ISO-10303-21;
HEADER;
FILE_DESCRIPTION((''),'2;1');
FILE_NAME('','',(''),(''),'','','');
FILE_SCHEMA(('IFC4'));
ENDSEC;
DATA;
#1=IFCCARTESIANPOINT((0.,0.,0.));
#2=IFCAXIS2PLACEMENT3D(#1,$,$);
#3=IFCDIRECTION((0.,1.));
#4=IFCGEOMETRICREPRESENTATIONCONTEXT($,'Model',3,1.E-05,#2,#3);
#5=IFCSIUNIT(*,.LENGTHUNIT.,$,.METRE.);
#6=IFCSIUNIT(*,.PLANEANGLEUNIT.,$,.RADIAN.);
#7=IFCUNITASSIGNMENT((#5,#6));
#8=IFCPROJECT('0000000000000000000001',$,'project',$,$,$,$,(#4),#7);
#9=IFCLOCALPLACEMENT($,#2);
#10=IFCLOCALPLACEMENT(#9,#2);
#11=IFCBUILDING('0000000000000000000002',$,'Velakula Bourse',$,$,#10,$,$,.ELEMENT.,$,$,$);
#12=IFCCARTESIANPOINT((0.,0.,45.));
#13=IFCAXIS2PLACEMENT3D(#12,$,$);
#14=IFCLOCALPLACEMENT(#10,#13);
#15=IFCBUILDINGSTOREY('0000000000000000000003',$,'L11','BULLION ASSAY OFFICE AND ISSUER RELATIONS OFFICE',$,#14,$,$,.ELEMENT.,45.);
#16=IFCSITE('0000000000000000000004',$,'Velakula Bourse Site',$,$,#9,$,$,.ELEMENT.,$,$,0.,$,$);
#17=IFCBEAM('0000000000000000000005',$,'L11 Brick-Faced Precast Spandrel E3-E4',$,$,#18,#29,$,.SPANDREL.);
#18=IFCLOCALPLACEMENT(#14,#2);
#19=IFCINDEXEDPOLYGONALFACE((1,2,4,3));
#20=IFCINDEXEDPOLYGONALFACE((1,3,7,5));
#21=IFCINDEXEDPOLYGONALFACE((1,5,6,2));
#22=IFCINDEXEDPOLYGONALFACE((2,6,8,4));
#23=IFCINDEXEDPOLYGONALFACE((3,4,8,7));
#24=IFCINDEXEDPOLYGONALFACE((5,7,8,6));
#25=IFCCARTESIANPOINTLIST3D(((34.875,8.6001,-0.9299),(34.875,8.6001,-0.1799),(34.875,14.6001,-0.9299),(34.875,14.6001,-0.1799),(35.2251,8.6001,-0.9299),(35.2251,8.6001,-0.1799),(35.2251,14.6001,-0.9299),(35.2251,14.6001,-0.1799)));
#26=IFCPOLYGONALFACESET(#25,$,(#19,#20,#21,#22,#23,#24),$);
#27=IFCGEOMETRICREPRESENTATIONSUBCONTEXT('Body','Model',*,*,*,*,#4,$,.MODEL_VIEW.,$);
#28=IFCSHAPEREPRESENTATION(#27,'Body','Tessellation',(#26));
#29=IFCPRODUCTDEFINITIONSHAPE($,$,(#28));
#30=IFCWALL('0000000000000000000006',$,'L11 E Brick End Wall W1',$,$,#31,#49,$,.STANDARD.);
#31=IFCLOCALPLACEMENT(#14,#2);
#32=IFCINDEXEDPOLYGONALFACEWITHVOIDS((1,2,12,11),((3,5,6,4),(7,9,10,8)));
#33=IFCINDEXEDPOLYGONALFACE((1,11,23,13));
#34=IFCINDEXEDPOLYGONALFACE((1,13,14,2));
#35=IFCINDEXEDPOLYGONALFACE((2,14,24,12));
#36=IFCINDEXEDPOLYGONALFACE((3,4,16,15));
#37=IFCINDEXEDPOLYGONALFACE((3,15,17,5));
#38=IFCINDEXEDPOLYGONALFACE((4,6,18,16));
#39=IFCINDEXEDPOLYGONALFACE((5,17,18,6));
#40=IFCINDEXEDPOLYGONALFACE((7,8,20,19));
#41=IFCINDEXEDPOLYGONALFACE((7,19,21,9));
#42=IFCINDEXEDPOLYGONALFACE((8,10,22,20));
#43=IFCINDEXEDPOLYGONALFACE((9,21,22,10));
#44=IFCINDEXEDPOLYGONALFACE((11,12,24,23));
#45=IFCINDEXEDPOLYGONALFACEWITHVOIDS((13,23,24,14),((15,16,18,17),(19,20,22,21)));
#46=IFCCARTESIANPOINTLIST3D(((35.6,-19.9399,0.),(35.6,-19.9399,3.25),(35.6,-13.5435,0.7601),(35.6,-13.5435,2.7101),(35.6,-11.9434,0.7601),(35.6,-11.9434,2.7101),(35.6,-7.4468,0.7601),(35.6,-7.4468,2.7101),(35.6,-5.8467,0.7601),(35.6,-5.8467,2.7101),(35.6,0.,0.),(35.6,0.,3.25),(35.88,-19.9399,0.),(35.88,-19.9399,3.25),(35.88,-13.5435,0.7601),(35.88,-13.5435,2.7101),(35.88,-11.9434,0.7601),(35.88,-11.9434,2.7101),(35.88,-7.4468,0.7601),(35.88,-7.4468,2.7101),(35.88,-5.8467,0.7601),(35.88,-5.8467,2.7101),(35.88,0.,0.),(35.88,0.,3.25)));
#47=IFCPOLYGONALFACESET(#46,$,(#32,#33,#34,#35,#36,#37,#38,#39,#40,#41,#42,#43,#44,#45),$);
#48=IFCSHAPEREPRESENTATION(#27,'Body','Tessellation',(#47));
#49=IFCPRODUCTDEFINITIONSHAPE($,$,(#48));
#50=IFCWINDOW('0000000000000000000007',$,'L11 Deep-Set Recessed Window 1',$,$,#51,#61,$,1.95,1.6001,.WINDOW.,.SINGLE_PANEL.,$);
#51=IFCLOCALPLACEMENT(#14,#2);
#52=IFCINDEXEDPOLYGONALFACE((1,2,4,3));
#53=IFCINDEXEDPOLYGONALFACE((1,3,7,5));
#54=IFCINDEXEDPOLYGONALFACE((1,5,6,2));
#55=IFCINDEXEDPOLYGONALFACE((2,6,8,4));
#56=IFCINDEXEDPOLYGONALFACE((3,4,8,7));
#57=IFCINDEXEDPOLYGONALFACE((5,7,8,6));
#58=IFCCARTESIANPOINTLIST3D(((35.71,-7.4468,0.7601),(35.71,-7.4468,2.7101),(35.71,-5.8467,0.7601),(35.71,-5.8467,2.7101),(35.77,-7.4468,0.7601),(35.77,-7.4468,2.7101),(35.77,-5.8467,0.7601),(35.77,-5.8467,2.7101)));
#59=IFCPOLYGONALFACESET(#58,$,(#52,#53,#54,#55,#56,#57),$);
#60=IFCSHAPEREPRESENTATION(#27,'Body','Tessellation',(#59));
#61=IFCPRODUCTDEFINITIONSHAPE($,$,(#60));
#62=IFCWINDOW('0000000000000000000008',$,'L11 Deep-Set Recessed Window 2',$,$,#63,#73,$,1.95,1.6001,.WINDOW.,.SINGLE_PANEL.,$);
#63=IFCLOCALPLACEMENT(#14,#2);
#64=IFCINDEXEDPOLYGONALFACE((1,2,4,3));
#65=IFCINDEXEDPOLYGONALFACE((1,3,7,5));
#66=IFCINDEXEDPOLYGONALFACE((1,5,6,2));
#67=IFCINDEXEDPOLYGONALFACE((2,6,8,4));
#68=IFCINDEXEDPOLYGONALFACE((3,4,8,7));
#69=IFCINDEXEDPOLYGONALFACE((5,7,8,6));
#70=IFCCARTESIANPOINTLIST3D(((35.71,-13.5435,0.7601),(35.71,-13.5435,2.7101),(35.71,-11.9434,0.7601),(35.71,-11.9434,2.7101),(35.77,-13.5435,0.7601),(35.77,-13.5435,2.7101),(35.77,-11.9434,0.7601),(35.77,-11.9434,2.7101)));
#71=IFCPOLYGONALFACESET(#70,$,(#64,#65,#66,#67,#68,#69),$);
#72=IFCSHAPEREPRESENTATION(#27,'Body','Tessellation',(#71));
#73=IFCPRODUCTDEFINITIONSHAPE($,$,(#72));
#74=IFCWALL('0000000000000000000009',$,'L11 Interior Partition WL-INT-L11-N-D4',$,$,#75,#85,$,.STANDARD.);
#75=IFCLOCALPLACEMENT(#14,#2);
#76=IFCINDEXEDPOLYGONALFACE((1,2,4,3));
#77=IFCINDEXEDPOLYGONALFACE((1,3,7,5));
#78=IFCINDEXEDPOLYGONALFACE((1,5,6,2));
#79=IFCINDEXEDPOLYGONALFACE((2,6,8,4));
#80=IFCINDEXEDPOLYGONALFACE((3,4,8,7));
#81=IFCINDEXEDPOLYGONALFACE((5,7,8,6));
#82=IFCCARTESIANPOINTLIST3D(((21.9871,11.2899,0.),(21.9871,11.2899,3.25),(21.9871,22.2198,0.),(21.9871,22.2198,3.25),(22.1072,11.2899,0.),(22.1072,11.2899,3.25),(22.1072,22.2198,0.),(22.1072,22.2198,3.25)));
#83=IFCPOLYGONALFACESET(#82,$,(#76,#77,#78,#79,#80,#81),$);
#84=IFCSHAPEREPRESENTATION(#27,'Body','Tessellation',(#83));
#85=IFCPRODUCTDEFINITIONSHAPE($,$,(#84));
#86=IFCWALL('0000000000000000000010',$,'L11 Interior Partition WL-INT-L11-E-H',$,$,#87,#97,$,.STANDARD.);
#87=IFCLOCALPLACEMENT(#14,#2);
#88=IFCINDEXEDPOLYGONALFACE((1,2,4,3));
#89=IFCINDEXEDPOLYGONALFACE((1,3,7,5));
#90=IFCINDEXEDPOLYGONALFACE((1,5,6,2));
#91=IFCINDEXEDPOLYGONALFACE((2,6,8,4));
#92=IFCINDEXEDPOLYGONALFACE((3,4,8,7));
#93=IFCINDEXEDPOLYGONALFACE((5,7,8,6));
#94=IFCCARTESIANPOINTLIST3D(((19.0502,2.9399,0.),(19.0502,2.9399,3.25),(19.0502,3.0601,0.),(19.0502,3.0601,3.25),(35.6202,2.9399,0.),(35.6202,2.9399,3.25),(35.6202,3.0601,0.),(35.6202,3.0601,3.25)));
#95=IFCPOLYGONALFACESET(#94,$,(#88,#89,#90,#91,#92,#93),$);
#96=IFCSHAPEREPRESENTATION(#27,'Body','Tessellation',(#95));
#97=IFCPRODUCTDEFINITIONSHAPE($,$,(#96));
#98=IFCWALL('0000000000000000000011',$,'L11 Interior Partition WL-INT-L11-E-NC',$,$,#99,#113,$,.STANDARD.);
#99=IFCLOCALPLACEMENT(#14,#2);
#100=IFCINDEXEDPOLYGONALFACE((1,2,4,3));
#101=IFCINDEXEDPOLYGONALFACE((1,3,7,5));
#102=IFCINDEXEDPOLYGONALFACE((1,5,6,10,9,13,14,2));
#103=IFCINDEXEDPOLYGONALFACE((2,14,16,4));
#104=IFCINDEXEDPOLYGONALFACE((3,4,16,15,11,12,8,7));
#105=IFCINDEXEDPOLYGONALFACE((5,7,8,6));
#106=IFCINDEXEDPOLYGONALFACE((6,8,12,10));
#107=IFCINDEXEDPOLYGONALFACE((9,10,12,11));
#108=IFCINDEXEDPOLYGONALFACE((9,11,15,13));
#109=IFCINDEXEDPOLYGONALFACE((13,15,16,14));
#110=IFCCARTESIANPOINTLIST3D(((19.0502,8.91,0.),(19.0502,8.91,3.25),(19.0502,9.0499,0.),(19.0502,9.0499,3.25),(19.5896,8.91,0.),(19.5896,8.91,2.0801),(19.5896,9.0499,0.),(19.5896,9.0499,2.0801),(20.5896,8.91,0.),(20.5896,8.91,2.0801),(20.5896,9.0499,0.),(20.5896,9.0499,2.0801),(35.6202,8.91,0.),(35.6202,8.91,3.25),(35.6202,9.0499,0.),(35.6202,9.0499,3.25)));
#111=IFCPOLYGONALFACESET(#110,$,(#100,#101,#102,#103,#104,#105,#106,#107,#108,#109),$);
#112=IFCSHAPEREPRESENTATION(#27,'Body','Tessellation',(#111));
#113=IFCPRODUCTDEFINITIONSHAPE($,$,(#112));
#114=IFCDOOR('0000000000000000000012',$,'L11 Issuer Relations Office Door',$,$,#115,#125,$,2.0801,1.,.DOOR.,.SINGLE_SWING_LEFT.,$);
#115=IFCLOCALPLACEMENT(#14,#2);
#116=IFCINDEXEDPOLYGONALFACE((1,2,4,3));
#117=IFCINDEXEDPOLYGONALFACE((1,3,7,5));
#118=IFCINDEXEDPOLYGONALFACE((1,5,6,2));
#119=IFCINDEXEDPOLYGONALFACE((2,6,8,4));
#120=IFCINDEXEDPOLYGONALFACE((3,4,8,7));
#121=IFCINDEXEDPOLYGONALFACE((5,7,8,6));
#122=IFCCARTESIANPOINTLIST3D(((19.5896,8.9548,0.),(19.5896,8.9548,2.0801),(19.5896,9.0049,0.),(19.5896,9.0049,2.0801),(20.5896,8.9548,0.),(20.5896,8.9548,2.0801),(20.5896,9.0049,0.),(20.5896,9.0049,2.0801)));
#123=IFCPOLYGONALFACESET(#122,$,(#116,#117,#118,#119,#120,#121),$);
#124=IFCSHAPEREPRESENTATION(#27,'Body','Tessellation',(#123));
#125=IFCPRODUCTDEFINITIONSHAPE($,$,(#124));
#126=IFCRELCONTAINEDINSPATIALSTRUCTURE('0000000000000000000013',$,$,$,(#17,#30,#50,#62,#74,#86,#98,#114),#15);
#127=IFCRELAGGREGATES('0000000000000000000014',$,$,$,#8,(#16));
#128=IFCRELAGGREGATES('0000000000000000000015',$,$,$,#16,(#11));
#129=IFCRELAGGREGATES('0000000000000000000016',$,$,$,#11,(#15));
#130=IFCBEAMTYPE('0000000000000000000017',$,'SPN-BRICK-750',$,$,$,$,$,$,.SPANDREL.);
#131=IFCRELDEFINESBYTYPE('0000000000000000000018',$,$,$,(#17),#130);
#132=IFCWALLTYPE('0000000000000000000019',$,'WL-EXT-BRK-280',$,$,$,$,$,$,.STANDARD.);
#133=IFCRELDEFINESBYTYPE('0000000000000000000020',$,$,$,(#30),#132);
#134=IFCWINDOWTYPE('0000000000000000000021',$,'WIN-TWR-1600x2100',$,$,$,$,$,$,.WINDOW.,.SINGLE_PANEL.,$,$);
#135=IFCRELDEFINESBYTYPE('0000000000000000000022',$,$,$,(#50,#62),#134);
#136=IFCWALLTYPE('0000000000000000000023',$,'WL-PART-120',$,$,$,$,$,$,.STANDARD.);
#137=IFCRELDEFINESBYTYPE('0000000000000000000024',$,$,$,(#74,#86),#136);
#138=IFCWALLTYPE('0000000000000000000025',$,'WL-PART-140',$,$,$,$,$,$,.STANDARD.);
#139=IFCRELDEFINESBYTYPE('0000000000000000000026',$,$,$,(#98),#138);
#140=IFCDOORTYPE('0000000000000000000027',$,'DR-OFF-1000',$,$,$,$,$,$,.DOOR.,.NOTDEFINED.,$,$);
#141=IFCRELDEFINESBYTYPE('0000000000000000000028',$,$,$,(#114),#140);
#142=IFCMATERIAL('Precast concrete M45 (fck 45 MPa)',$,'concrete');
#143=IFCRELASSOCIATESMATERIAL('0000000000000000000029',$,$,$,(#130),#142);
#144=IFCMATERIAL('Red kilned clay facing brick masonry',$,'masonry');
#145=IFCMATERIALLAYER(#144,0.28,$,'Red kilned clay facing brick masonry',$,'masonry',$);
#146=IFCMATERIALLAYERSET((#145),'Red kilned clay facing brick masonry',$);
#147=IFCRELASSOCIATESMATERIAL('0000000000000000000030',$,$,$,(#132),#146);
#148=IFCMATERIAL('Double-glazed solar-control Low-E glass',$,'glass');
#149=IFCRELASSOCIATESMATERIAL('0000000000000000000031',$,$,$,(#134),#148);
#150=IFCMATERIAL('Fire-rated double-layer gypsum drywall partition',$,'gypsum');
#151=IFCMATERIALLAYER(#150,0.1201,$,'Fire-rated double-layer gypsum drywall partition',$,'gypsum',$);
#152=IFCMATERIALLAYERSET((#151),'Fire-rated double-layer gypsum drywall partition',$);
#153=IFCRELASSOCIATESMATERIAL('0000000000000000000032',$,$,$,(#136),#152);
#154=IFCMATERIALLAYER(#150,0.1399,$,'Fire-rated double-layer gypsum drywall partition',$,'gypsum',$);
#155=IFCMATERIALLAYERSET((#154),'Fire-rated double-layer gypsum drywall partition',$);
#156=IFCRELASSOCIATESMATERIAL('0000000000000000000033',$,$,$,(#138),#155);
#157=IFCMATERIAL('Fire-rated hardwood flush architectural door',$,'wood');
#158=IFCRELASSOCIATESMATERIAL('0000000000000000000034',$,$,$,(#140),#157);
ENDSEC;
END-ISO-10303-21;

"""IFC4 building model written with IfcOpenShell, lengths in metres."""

from ifc_helpers import new_model, si_unit, direction, frame, frame_2d, origin, origin_2d, place, context, subcontext, project, spatial, rectangle, extrude, material, layer, layer_set, material_profile, profile_set, type_object, element, fill, save


model = new_model("IFC4")

# Units and contexts
model_context = context("Model", 3, precision=1e-05, world=origin(), true_north=direction((0.0, 1.0)))
body_context = subcontext(model_context, "Body", "Model", "MODEL_VIEW")
ifc_project = project(units=[si_unit("LENGTHUNIT", "METRE"), si_unit("PLANEANGLEUNIT", "RADIAN")], contexts=[model_context])

# Site, building, storey
site_placement = place(None, origin())
site = spatial("IfcSite", under=ifc_project, at=site_placement, Name="Velakula Bourse Site", CompositionType="ELEMENT", RefElevation=0.0)
building_placement = place(site_placement, origin())
building = spatial("IfcBuilding", under=site, at=building_placement, Name="Velakula Bourse", CompositionType="ELEMENT")
storey_placement = place(building_placement, frame((0.0, 0.0, 45.0)))
storey = spatial("IfcBuildingStorey", under=building, at=storey_placement, Name="L11", Description="BULLION ASSAY OFFICE AND ISSUER RELATIONS OFFICE", CompositionType="ELEMENT", Elevation=45.0)

# Beam
ifc_material_1 = material(Name="Precast concrete M45 (fck 45 MPa)", Category="concrete")
ifc_material_profile_1 = material_profile(ifc_material_1, rectangle(XDim=0.3501, YDim=0.75, at=origin_2d()), Name="Precast concrete M45 (fck 45 MPa)")
ifc_profile_set_1 = profile_set([ifc_material_profile_1], Name="Precast concrete M45 (fck 45 MPa)")
beam_type_1 = type_object("IfcBeamType", Name="SPN-BRICK-750", PredefinedType="SPANDREL", material=ifc_profile_set_1)
beam_1_placement = place(storey_placement, frame((35.05, 8.6001, -0.5549), z_axis=(0.0, 1.0, 0.0), x_axis=(-1.0, 0.0, 0.0)))
element("IfcBeam", 1, at=beam_1_placement, inside=storey, type_object=beam_type_1, Name="L11 Brick-Faced Precast Spandrel E3-E4", PredefinedType="SPANDREL", context=body_context, shape_type="SweptSolid", body=[
    extrude(rectangle(XDim=0.3501, YDim=0.75, at=origin_2d()), origin(), (0.0, 0.0, 1.0), 6.0),
])

# Wall, openings, windows
ifc_material_2 = material(Name="Red kilned clay facing brick masonry", Category="masonry")
ifc_layer_1 = layer(ifc_material_2, 0.28, Name="Red kilned clay facing brick masonry", Category="masonry")
ifc_layer_set_1 = layer_set([ifc_layer_1], Name="Red kilned clay facing brick masonry")
wall_type_1 = type_object("IfcWallType", Name="WL-EXT-BRK-280", PredefinedType="STANDARD", material=ifc_layer_set_1)
wall_1_placement = place(storey_placement, frame((35.74, 0.0, 0.0), z_axis=(0.0, 0.0, 1.0), x_axis=(0.0, -1.0, 0.0)))
wall_1 = element("IfcWall", 2, at=wall_1_placement, inside=storey, type_object=wall_type_1, Name="L11 E Brick End Wall W1", PredefinedType="STANDARD", context=body_context, shape_type="SweptSolid", body=[
    extrude(rectangle(XDim=19.9399, YDim=0.28, at=frame_2d((9.97, 0.0))), origin(), (0.0, 0.0, 1.0), 3.25),
])
opening_1_placement = place(wall_1_placement, frame((5.8467, 0.0, 0.76)))
opening_1 = element("IfcOpeningElement", 3, at=opening_1_placement, cuts=wall_1, PredefinedType="OPENING", context=body_context, shape_type="SweptSolid", body=[
    extrude(rectangle(XDim=1.6001, YDim=1.95, at=frame_2d((0.8, 0.9751))), frame((0.0, 0.1499, 0.0), z_axis=(0.0, -1.0, 0.0), x_axis=(1.0, 0.0, 0.0)), (0.0, 0.0, 1.0), 0.3),
])
opening_2_placement = place(wall_1_placement, frame((11.9434, 0.0, 0.76)))
opening_2 = element("IfcOpeningElement", 4, at=opening_2_placement, cuts=wall_1, PredefinedType="OPENING", context=body_context, shape_type="SweptSolid", body=[
    extrude(rectangle(XDim=1.6001, YDim=1.95, at=frame_2d((0.8, 0.9751))), frame((0.0, 0.1499, 0.0), z_axis=(0.0, -1.0, 0.0), x_axis=(1.0, 0.0, 0.0)), (0.0, 0.0, 1.0), 0.3),
])
ifc_material_3 = material(Name="Double-glazed solar-control Low-E glass", Category="glass")
window_type = type_object("IfcWindowType", Name="WIN-TWR-1600x2100", PartitioningType="SINGLE_PANEL", PredefinedType="WINDOW", material=ifc_material_3)
window_1_placement = place(opening_1_placement, origin())
window_1 = element("IfcWindow", 5, at=window_1_placement, inside=storey, type_object=window_type, Name="L11 Deep-Set Recessed Window 1", OverallHeight=1.95, OverallWidth=1.6001, PartitioningType="SINGLE_PANEL", PredefinedType="WINDOW", context=body_context, shape_type="SweptSolid", body=[
    extrude(rectangle(XDim=1.6001, YDim=1.95, at=frame_2d((0.8, 0.9751))), frame((0.0, 0.03, 0.0), z_axis=(0.0, -1.0, 0.0), x_axis=(1.0, 0.0, 0.0)), (0.0, 0.0, 1.0), 0.0601),
])
fill(opening_1, window_1)
window_2_placement = place(opening_2_placement, origin())
window_2 = element("IfcWindow", 6, at=window_2_placement, inside=storey, type_object=window_type, Name="L11 Deep-Set Recessed Window 2", OverallHeight=1.95, OverallWidth=1.6001, PartitioningType="SINGLE_PANEL", PredefinedType="WINDOW", context=body_context, shape_type="SweptSolid", body=[
    extrude(rectangle(XDim=1.6001, YDim=1.95, at=frame_2d((0.8, 0.9751))), frame((0.0, 0.03, 0.0), z_axis=(0.0, -1.0, 0.0), x_axis=(1.0, 0.0, 0.0)), (0.0, 0.0, 1.0), 0.0601),
])
fill(opening_2, window_2)

# Walls
ifc_material_4 = material(Name="Fire-rated double-layer gypsum drywall partition", Category="gypsum")
ifc_layer_2 = layer(ifc_material_4, 0.1201, Name="Fire-rated double-layer gypsum drywall partition", Category="gypsum")
ifc_layer_set_2 = layer_set([ifc_layer_2], Name="Fire-rated double-layer gypsum drywall partition")
wall_type_2 = type_object("IfcWallType", Name="WL-PART-120", PredefinedType="STANDARD", material=ifc_layer_set_2)
wall_2_placement = place(storey_placement, frame((22.0471, 11.29, 0.0), z_axis=(0.0, 0.0, 1.0), x_axis=(0.0, 1.0, 0.0)))
element("IfcWall", 7, at=wall_2_placement, inside=storey, type_object=wall_type_2, Name="L11 Interior Partition WL-INT-L11-N-D4", PredefinedType="STANDARD", context=body_context, shape_type="SweptSolid", body=[
    extrude(rectangle(XDim=10.9299, YDim=0.1201, at=frame_2d((5.4648, 0.0))), origin(), (0.0, 0.0, 1.0), 3.25),
])
wall_3_placement = place(storey_placement, frame((19.05, 3.0, 0.0), z_axis=(0.0, 0.0, 1.0), x_axis=(1.0, 0.0, 0.0)))
element("IfcWall", 8, at=wall_3_placement, inside=storey, type_object=wall_type_2, Name="L11 Interior Partition WL-INT-L11-E-H", PredefinedType="STANDARD", context=body_context, shape_type="SweptSolid", body=[
    extrude(rectangle(XDim=16.5701, YDim=0.1201, at=frame_2d((8.2852, 0.0))), origin(), (0.0, 0.0, 1.0), 3.25),
])

# Wall, opening, door
ifc_layer_3 = layer(ifc_material_4, 0.1399, Name="Fire-rated double-layer gypsum drywall partition", Category="gypsum")
ifc_layer_set_3 = layer_set([ifc_layer_3], Name="Fire-rated double-layer gypsum drywall partition")
wall_type_3 = type_object("IfcWallType", Name="WL-PART-140", PredefinedType="STANDARD", material=ifc_layer_set_3)
wall_4_placement = place(storey_placement, frame((19.05, 8.98, 0.0), z_axis=(0.0, 0.0, 1.0), x_axis=(1.0, 0.0, 0.0)))
wall_4 = element("IfcWall", 9, at=wall_4_placement, inside=storey, type_object=wall_type_3, Name="L11 Interior Partition WL-INT-L11-E-NC", PredefinedType="STANDARD", context=body_context, shape_type="SweptSolid", body=[
    extrude(rectangle(XDim=16.5701, YDim=0.1399, at=frame_2d((8.2852, 0.0))), origin(), (0.0, 0.0, 1.0), 3.25),
])
opening_3_placement = place(wall_4_placement, frame((0.5396, 0.0, 0.0)))
opening_3 = element("IfcOpeningElement", 10, at=opening_3_placement, cuts=wall_4, PredefinedType="OPENING", context=body_context, shape_type="SweptSolid", body=[
    extrude(rectangle(XDim=1.0, YDim=2.0801, at=frame_2d((0.5, 1.04))), frame((0.0, 0.0798, 0.0), z_axis=(0.0, -1.0, 0.0), x_axis=(1.0, 0.0, 0.0)), (0.0, 0.0, 1.0), 0.1599),
])
ifc_material_5 = material(Name="Fire-rated hardwood flush architectural door", Category="wood")
door_type = type_object("IfcDoorType", Name="DR-OFF-1000", OperationType="NOTDEFINED", PredefinedType="DOOR", material=ifc_material_5)
door_placement = place(opening_3_placement, origin())
door = element("IfcDoor", 11, at=door_placement, inside=storey, type_object=door_type, Name="L11 Issuer Relations Office Door", OperationType="SINGLE_SWING_LEFT", OverallHeight=2.0801, OverallWidth=1.0, PredefinedType="DOOR", context=body_context, shape_type="SweptSolid", body=[
    extrude(rectangle(XDim=1.0, YDim=2.0801, at=frame_2d((0.5, 1.04))), frame((0.0, 0.0249, 0.0), z_axis=(0.0, -1.0, 0.0), x_axis=(1.0, 0.0, 0.0)), (0.0, 0.0, 1.0), 0.05),
])
fill(opening_3, door)

save(model, "model.ifc")
